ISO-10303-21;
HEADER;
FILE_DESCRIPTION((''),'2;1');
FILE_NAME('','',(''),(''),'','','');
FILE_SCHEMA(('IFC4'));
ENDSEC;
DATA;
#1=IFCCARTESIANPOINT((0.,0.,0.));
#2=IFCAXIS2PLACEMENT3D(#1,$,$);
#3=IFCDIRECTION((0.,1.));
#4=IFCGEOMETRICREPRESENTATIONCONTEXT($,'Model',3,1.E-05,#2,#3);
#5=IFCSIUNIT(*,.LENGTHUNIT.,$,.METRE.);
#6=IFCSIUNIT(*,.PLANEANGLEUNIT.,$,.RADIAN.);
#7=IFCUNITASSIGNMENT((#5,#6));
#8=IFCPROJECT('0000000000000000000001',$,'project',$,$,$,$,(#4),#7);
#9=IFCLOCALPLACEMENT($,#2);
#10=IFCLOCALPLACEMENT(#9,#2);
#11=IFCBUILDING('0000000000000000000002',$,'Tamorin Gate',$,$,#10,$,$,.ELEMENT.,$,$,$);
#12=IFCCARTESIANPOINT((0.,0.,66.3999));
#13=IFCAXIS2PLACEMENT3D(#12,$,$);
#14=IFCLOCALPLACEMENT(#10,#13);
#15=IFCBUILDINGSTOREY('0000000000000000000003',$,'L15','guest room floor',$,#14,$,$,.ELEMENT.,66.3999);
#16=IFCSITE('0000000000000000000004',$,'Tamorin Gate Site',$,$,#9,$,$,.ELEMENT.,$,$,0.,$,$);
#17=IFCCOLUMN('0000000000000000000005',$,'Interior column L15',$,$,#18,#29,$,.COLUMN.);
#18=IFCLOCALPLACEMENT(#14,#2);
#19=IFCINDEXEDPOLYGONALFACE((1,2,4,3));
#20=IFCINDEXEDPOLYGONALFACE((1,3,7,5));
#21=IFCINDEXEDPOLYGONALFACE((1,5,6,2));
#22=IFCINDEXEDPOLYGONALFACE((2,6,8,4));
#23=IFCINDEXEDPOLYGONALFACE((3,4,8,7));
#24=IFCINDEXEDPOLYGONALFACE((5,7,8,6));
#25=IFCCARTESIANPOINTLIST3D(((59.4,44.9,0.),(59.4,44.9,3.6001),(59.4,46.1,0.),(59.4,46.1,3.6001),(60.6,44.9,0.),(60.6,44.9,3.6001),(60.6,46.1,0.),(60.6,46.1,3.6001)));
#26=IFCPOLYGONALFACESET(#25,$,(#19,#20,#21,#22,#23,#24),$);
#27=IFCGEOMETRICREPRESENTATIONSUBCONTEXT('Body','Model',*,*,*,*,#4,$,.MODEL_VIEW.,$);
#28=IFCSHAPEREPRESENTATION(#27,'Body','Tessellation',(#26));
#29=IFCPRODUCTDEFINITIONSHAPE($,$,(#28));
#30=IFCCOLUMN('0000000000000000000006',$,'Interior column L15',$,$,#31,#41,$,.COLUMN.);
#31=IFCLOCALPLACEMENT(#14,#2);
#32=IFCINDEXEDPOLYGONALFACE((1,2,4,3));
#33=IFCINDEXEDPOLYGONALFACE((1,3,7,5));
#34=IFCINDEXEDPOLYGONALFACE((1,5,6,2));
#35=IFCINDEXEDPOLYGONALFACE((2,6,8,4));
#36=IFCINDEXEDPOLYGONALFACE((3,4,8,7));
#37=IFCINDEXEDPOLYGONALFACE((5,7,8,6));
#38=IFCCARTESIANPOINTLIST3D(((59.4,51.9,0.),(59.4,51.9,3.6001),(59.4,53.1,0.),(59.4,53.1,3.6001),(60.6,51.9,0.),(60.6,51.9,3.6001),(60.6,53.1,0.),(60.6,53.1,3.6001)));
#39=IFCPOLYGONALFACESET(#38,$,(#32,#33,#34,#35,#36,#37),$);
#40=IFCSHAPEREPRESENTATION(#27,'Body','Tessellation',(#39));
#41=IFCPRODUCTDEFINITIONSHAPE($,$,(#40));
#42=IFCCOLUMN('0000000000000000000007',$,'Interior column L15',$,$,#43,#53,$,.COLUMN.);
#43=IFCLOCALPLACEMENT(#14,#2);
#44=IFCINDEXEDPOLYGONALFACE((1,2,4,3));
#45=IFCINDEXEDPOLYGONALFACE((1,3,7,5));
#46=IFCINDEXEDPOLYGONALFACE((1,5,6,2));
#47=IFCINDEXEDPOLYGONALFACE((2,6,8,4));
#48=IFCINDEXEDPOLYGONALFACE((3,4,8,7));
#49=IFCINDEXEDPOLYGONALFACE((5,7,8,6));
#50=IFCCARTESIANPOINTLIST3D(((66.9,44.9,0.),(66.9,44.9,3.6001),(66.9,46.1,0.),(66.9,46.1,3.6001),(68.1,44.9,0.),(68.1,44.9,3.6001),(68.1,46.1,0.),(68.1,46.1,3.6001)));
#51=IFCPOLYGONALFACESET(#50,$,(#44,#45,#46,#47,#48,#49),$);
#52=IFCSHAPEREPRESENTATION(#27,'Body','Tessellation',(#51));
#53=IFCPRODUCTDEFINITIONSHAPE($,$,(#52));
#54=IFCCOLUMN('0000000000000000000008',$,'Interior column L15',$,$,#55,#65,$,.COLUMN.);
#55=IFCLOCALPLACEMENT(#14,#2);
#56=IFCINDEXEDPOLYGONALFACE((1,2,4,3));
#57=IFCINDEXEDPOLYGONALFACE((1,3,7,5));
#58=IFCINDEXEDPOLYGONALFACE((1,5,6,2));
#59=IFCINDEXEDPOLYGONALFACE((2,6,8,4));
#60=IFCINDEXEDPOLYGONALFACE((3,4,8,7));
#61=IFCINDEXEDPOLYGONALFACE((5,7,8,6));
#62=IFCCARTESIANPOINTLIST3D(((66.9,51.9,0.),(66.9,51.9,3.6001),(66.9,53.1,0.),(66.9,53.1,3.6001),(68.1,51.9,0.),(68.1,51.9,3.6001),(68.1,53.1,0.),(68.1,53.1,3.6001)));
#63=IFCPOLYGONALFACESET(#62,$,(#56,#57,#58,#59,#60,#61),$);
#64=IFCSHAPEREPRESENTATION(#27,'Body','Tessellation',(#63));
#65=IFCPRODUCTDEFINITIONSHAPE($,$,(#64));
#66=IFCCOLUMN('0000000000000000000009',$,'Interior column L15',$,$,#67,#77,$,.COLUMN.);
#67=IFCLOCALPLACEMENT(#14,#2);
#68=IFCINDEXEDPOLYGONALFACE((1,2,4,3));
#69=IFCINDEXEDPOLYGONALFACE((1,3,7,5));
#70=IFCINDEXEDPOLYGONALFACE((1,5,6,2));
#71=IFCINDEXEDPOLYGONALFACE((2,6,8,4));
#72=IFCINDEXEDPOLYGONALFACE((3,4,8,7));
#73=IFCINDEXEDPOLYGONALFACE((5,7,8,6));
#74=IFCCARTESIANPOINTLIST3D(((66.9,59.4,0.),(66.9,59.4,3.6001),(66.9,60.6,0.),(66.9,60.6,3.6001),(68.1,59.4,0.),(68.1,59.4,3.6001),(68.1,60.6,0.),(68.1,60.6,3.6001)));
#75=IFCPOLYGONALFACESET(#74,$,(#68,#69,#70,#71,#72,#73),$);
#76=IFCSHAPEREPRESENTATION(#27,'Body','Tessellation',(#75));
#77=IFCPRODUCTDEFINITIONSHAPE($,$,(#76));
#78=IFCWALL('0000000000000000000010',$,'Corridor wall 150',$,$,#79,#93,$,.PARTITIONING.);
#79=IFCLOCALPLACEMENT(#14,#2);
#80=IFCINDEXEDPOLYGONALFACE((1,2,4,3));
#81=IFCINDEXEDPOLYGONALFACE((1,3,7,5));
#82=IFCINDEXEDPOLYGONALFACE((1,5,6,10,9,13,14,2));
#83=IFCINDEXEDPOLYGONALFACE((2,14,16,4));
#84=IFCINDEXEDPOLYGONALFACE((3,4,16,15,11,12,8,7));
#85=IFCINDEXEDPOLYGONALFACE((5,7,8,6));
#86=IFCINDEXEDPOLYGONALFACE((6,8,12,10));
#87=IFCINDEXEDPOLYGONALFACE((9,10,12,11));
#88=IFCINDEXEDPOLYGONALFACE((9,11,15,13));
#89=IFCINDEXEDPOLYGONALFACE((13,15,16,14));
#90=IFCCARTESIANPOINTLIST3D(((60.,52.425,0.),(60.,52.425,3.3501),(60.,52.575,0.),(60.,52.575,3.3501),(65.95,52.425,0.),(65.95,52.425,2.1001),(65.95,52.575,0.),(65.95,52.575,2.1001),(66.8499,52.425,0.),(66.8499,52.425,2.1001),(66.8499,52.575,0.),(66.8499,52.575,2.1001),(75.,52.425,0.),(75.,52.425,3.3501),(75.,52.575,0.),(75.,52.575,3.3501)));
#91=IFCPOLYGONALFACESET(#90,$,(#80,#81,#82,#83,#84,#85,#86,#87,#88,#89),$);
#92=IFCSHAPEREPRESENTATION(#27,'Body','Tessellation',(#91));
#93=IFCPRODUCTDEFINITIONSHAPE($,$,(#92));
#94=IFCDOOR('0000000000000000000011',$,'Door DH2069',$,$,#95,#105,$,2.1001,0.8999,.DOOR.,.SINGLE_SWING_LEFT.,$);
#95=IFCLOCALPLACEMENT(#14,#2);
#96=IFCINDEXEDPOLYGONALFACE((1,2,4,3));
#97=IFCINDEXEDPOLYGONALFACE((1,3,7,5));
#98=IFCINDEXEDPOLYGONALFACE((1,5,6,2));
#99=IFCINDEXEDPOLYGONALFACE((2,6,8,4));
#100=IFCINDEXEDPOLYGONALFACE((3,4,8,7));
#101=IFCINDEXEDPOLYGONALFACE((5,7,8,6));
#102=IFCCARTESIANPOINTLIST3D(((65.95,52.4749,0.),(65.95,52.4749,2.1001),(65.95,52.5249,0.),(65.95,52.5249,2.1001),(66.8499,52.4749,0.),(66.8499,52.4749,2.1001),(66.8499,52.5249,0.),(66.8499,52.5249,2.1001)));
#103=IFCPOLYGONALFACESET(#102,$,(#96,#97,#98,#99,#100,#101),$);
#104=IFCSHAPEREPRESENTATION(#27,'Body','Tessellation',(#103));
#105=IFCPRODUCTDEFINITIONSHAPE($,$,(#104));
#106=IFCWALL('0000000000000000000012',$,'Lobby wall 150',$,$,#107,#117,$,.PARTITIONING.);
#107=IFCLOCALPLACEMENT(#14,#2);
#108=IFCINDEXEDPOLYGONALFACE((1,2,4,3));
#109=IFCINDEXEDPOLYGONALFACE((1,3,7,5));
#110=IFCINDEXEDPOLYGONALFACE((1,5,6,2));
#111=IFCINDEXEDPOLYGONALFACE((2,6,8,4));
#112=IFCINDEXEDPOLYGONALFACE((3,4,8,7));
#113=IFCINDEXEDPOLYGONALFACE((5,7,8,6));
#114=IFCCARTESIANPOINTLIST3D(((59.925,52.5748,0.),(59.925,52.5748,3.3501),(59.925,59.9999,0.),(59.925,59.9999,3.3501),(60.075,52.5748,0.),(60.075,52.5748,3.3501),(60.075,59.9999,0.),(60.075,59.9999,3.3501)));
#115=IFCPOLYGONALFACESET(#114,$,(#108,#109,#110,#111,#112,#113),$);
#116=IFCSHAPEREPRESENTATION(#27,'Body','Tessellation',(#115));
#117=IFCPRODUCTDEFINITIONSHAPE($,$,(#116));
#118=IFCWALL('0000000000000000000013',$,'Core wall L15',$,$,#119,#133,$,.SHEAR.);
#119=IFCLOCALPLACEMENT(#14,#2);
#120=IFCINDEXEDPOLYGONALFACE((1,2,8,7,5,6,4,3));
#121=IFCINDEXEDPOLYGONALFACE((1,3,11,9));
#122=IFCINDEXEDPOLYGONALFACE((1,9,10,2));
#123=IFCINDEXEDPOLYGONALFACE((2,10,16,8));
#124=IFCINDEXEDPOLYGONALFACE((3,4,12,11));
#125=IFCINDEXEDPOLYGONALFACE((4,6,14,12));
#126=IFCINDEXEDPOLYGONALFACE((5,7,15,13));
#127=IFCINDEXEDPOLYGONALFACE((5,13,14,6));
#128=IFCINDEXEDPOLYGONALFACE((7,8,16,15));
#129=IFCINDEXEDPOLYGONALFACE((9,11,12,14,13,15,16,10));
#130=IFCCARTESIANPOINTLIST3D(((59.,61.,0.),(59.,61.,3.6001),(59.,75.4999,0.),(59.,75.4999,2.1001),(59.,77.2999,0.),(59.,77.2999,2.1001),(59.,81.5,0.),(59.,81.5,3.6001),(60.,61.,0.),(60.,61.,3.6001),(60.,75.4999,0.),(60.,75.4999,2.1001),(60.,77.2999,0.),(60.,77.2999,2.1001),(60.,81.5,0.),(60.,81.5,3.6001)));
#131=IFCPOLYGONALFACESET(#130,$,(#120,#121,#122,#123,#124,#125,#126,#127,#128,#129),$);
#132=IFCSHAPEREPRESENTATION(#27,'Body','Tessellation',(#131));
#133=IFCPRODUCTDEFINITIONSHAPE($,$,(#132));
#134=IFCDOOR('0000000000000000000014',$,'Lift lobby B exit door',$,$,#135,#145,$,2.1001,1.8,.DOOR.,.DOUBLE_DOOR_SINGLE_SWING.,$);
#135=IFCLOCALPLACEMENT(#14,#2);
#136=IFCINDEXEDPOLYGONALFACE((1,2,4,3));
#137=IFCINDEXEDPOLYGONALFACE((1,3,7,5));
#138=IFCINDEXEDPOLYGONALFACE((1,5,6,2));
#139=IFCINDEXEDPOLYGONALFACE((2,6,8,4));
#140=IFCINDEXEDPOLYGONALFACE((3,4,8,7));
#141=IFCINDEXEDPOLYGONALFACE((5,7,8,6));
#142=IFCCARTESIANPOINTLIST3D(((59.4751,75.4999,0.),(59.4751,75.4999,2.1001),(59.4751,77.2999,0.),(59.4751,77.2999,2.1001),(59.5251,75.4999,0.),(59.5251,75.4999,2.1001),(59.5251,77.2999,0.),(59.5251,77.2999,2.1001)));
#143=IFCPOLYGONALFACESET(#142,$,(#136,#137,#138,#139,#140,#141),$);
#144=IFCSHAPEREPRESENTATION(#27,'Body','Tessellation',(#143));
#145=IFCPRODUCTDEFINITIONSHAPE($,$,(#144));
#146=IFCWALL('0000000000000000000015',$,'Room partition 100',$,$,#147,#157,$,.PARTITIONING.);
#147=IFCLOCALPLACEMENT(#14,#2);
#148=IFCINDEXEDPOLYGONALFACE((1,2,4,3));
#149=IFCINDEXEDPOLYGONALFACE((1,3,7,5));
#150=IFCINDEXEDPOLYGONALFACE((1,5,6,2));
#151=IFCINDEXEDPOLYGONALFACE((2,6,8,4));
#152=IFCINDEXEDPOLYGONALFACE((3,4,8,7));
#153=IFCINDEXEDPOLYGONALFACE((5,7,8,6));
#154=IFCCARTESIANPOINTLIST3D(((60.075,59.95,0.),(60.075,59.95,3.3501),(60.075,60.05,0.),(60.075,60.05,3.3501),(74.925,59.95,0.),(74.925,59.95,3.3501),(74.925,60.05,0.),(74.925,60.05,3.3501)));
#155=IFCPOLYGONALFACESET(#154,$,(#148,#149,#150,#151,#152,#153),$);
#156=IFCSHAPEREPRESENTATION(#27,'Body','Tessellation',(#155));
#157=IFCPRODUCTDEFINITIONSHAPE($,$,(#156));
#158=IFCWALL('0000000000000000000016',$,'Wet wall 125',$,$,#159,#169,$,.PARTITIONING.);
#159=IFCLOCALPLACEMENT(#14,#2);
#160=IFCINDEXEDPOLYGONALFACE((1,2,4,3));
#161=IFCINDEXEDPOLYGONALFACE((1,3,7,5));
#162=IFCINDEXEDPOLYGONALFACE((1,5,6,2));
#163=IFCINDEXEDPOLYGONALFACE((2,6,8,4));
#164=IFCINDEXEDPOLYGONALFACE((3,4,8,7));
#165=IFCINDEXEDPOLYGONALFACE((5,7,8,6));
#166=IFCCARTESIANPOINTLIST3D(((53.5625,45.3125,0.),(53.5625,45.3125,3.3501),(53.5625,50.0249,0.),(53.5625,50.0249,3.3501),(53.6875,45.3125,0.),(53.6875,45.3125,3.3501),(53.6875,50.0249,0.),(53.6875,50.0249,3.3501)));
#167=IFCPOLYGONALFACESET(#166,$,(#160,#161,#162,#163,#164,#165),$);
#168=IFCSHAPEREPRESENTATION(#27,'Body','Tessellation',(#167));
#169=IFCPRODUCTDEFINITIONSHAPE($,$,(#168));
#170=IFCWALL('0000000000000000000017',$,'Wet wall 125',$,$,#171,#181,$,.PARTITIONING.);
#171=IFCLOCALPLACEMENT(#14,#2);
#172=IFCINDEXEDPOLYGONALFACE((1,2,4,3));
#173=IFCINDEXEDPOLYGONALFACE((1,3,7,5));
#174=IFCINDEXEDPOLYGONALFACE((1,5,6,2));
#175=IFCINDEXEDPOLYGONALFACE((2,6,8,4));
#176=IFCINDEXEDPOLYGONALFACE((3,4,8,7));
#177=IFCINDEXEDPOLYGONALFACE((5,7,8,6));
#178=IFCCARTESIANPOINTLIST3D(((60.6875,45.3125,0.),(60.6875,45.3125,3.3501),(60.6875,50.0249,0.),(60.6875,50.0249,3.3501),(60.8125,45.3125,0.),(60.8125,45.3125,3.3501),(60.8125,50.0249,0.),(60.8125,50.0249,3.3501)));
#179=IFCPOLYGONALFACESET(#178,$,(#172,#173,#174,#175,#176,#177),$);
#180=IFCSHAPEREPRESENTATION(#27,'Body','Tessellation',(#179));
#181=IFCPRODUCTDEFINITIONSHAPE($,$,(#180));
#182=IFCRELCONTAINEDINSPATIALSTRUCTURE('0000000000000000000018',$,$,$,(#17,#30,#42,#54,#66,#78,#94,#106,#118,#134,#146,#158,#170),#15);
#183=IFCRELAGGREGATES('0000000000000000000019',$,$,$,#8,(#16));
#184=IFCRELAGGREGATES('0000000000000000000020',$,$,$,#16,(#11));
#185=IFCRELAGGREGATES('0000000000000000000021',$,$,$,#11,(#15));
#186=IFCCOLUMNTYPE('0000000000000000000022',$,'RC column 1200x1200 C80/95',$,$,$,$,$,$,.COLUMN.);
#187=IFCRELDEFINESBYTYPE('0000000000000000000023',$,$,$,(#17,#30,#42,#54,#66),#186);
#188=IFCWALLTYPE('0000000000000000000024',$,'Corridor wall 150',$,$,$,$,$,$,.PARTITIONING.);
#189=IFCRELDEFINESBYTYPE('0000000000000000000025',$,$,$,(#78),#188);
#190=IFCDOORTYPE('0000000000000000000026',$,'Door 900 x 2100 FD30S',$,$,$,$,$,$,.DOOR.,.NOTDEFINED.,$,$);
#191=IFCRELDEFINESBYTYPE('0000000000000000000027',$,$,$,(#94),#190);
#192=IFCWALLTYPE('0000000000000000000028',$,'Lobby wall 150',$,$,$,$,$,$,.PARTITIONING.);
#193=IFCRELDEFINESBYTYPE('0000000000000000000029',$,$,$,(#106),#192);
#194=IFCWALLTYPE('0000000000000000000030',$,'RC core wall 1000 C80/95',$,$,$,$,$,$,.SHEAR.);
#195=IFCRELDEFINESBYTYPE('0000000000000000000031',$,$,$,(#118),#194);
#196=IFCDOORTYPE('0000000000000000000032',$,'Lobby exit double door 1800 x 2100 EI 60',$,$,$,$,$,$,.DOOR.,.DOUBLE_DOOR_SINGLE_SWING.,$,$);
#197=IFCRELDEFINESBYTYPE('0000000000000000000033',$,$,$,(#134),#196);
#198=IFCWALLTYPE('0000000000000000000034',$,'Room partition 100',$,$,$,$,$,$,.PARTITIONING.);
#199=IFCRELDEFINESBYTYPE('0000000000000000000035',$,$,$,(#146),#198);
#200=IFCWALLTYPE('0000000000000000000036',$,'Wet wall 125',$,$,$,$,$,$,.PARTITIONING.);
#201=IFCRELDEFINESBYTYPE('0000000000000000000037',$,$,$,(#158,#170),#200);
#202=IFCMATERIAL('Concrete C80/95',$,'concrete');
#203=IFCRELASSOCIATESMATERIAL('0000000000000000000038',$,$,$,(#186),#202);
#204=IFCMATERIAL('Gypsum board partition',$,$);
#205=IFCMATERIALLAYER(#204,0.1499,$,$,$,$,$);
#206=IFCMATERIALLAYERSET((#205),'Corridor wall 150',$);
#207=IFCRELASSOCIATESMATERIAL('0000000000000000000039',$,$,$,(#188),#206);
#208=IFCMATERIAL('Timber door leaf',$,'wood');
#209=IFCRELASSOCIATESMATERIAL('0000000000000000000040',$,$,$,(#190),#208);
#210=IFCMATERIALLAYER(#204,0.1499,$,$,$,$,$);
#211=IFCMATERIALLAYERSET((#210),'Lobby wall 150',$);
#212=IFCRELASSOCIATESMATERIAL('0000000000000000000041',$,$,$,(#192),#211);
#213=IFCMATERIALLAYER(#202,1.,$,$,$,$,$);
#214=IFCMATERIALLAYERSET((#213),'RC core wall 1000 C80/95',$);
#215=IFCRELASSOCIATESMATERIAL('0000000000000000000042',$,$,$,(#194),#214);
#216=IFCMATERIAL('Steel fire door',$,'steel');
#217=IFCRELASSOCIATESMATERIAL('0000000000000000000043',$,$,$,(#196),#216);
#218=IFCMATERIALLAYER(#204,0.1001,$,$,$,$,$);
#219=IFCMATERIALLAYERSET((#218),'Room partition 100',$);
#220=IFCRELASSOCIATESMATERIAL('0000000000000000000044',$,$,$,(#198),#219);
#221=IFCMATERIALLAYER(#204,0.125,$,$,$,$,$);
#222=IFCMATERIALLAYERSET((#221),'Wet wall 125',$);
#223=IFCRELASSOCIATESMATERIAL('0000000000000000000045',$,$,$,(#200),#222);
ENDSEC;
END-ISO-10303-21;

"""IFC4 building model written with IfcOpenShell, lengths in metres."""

from ifc_helpers import new_model, si_unit, direction, frame, frame_2d, origin, origin_2d, place, context, subcontext, project, spatial, rectangle, extrude, material, layer, layer_set, material_profile, profile_set, type_object, element, fill, save


model = new_model("IFC4")

# Units and contexts
model_context = context("Model", 3, precision=1e-05, world=origin(), true_north=direction((0.0, 1.0)))
body_context = subcontext(model_context, "Body", "Model", "MODEL_VIEW")
ifc_project = project(units=[si_unit("LENGTHUNIT", "METRE"), si_unit("PLANEANGLEUNIT", "RADIAN")], contexts=[model_context])

# Site, building, storey
site_placement = place(None, origin())
site = spatial("IfcSite", under=ifc_project, at=site_placement, Name="Tamorin Gate Site", CompositionType="ELEMENT", RefElevation=0.0)
building_placement = place(site_placement, origin())
building = spatial("IfcBuilding", under=site, at=building_placement, Name="Tamorin Gate", CompositionType="ELEMENT")
storey_placement = place(building_placement, frame((0.0, 0.0, 66.3999)))
storey = spatial("IfcBuildingStorey", under=building, at=storey_placement, Name="L15", Description="guest room floor", CompositionType="ELEMENT", Elevation=66.3999)

# Columns
ifc_material_1 = material(Name="Concrete C80/95", Category="concrete")
ifc_material_profile = material_profile(ifc_material_1, rectangle(XDim=1.2, YDim=1.2, at=origin_2d()), Name="RC 1200x1200")
ifc_profile_set = profile_set([ifc_material_profile], Name="Concrete C80/95")
column_type = type_object("IfcColumnType", Name="RC column 1200x1200 C80/95", PredefinedType="COLUMN", material=ifc_profile_set)
for number, where, z_axis, x_axis, name in (
    (1, (60.0, 45.5, 0.0), (0.0, 0.0, 1.0), (1.0, 0.0, 0.0), "Interior column L15"),
    (2, (60.0, 52.5, 0.0), (0.0, 0.0, 1.0), (1.0, 0.0, 0.0), "Interior column L15"),
    (3, (67.5, 45.5, 0.0), (0.0, 0.0, 1.0), (1.0, 0.0, 0.0), "Interior column L15"),
    (4, (67.5, 52.5, 0.0), (0.0, 0.0, 1.0), (1.0, 0.0, 0.0), "Interior column L15"),
    (5, (67.5, 60.0, 0.0), (0.0, 0.0, 1.0), (1.0, 0.0, 0.0), "Interior column L15"),
):
    element("IfcColumn", number, at=place(storey_placement, frame(where, z_axis=z_axis, x_axis=x_axis)), inside=storey, type_object=column_type, Name=name, PredefinedType="COLUMN", context=body_context, shape_type="SweptSolid", body=[
        extrude(rectangle(XDim=1.2, YDim=1.2, at=origin_2d()), origin(), (0.0, 0.0, 1.0), 3.6001),
    ])

# Wall, opening, door
ifc_material_2 = material(Name="Gypsum board partition")
ifc_layer_1 = layer(ifc_material_2, 0.1499)
ifc_layer_set_1 = layer_set([ifc_layer_1], Name="Corridor wall 150")
wall_type_1 = type_object("IfcWallType", Name="Corridor wall 150", PredefinedType="PARTITIONING", material=ifc_layer_set_1)
wall_1_placement = place(storey_placement, frame((60.0, 52.5, 0.0), z_axis=(0.0, 0.0, 1.0), x_axis=(1.0, 0.0, 0.0)))
wall_1 = element("IfcWall", 6, at=wall_1_placement, inside=storey, type_object=wall_type_1, Name="Corridor wall 150", PredefinedType="PARTITIONING", context=body_context, shape_type="SweptSolid", body=[
    extrude(rectangle(XDim=15.0, YDim=0.1499, at=frame_2d((7.5, 0.0))), origin(), (0.0, 0.0, 1.0), 3.3501),
])
opening_1_placement = place(wall_1_placement, frame((5.95, 0.0, 0.0)))
opening_1 = element("IfcOpeningElement", 7, at=opening_1_placement, cuts=wall_1, PredefinedType="OPENING", context=body_context, shape_type="SweptSolid", body=[
    extrude(rectangle(XDim=0.8999, YDim=2.1001, at=frame_2d((0.45, 1.05))), frame((0.0, 0.085, 0.0), z_axis=(0.0, -1.0, 0.0), x_axis=(1.0, 0.0, 0.0)), (0.0, 0.0, 1.0), 0.1699),
])
ifc_material_3 = material(Name="Timber door leaf", Category="wood")
door_type_1 = type_object("IfcDoorType", Name="Door 900 x 2100 FD30S", OperationType="NOTDEFINED", PredefinedType="DOOR", material=ifc_material_3)
door_1_placement = place(opening_1_placement, origin())
door_1 = element("IfcDoor", 8, at=door_1_placement, inside=storey, type_object=door_type_1, Name="Door DH2069", OperationType="SINGLE_SWING_LEFT", OverallHeight=2.1001, OverallWidth=0.8999, PredefinedType="DOOR", context=body_context, shape_type="SweptSolid", body=[
    extrude(rectangle(XDim=0.8999, YDim=2.1001, at=frame_2d((0.45, 1.05))), frame((0.0, 0.0249, 0.0), z_axis=(0.0, -1.0, 0.0), x_axis=(1.0, 0.0, 0.0)), (0.0, 0.0, 1.0), 0.05),
])
fill(opening_1, door_1)

# Wall
ifc_layer_2 = layer(ifc_material_2, 0.1499)
ifc_layer_set_2 = layer_set([ifc_layer_2], Name="Lobby wall 150")
wall_type_2 = type_object("IfcWallType", Name="Lobby wall 150", PredefinedType="PARTITIONING", material=ifc_layer_set_2)
wall_2_placement = place(storey_placement, frame((60.0, 52.575, 0.0), z_axis=(0.0, 0.0, 1.0), x_axis=(0.0, 1.0, 0.0)))
element("IfcWall", 9, at=wall_2_placement, inside=storey, type_object=wall_type_2, Name="Lobby wall 150", PredefinedType="PARTITIONING", context=body_context, shape_type="SweptSolid", body=[
    extrude(rectangle(XDim=7.425, YDim=0.1499, at=frame_2d((3.7124, 0.0))), origin(), (0.0, 0.0, 1.0), 3.3501),
])

# Wall, opening, door
ifc_layer_3 = layer(ifc_material_1, 1.0)
ifc_layer_set_3 = layer_set([ifc_layer_3], Name="RC core wall 1000 C80/95")
wall_type_3 = type_object("IfcWallType", Name="RC core wall 1000 C80/95", PredefinedType="SHEAR", material=ifc_layer_set_3)
wall_3_placement = place(storey_placement, frame((59.5, 61.0, 0.0), z_axis=(0.0, 0.0, 1.0), x_axis=(0.0, 1.0, 0.0)))
wall_3 = element("IfcWall", 10, at=wall_3_placement, inside=storey, type_object=wall_type_3, Name="Core wall L15", PredefinedType="SHEAR", context=body_context, shape_type="SweptSolid", body=[
    extrude(rectangle(XDim=20.5, YDim=1.0, at=frame_2d((10.25, 0.0))), origin(), (0.0, 0.0, 1.0), 3.6001),
])
opening_2_placement = place(wall_3_placement, frame((14.5, 0.0, 0.0)))
opening_2 = element("IfcOpeningElement", 11, at=opening_2_placement, cuts=wall_3, PredefinedType="OPENING", context=body_context, shape_type="SweptSolid", body=[
    extrude(rectangle(XDim=1.8, YDim=2.1001, at=frame_2d((0.8999, 1.05))), frame((0.0, 0.51, 0.0), z_axis=(0.0, -1.0, 0.0), x_axis=(1.0, 0.0, 0.0)), (0.0, 0.0, 1.0), 1.02),
])
ifc_material_4 = material(Name="Steel fire door", Category="steel")
door_type_2 = type_object("IfcDoorType", Name="Lobby exit double door 1800 x 2100 EI 60", OperationType="DOUBLE_DOOR_SINGLE_SWING", PredefinedType="DOOR", material=ifc_material_4)
door_2_placement = place(opening_2_placement, origin())
door_2 = element("IfcDoor", 12, at=door_2_placement, inside=storey, type_object=door_type_2, Name="Lift lobby B exit door", OperationType="DOUBLE_DOOR_SINGLE_SWING", OverallHeight=2.1001, OverallWidth=1.8, PredefinedType="DOOR", context=body_context, shape_type="SweptSolid", body=[
    extrude(rectangle(XDim=1.8, YDim=2.1001, at=frame_2d((0.8999, 1.05))), frame((0.0, 0.0249, 0.0), z_axis=(0.0, -1.0, 0.0), x_axis=(1.0, 0.0, 0.0)), (0.0, 0.0, 1.0), 0.05),
])
fill(opening_2, door_2)

# Walls
ifc_layer_4 = layer(ifc_material_2, 0.1001)
ifc_layer_set_4 = layer_set([ifc_layer_4], Name="Room partition 100")
wall_type_4 = type_object("IfcWallType", Name="Room partition 100", PredefinedType="PARTITIONING", material=ifc_layer_set_4)
wall_4_placement = place(storey_placement, frame((60.075, 60.0, 0.0), z_axis=(0.0, 0.0, 1.0), x_axis=(1.0, 0.0, 0.0)))
element("IfcWall", 13, at=wall_4_placement, inside=storey, type_object=wall_type_4, Name="Room partition 100", PredefinedType="PARTITIONING", context=body_context, shape_type="SweptSolid", body=[
    extrude(rectangle(XDim=14.8501, YDim=0.1001, at=frame_2d((7.425, 0.0))), origin(), (0.0, 0.0, 1.0), 3.3501),
])
ifc_layer_5 = layer(ifc_material_2, 0.125)
ifc_layer_set_5 = layer_set([ifc_layer_5], Name="Wet wall 125")
wall_type_5 = type_object("IfcWallType", Name="Wet wall 125", PredefinedType="PARTITIONING", material=ifc_layer_set_5)
for number, where, z_axis, x_axis, name in (
    (14, (53.625, 45.3125, 0.0), (0.0, 0.0, 1.0), (0.0, 1.0, 0.0), "Wet wall 125"),
    (15, (60.75, 45.3125, 0.0), (0.0, 0.0, 1.0), (0.0, 1.0, 0.0), "Wet wall 125"),
):
    element("IfcWall", number, at=place(storey_placement, frame(where, z_axis=z_axis, x_axis=x_axis)), inside=storey, type_object=wall_type_5, Name=name, PredefinedType="PARTITIONING", context=body_context, shape_type="SweptSolid", body=[
        extrude(rectangle(XDim=4.7124, YDim=0.125, at=frame_2d((2.3562, 0.0))), origin(), (0.0, 0.0, 1.0), 3.3501),
    ])

save(model, "model.ifc")
